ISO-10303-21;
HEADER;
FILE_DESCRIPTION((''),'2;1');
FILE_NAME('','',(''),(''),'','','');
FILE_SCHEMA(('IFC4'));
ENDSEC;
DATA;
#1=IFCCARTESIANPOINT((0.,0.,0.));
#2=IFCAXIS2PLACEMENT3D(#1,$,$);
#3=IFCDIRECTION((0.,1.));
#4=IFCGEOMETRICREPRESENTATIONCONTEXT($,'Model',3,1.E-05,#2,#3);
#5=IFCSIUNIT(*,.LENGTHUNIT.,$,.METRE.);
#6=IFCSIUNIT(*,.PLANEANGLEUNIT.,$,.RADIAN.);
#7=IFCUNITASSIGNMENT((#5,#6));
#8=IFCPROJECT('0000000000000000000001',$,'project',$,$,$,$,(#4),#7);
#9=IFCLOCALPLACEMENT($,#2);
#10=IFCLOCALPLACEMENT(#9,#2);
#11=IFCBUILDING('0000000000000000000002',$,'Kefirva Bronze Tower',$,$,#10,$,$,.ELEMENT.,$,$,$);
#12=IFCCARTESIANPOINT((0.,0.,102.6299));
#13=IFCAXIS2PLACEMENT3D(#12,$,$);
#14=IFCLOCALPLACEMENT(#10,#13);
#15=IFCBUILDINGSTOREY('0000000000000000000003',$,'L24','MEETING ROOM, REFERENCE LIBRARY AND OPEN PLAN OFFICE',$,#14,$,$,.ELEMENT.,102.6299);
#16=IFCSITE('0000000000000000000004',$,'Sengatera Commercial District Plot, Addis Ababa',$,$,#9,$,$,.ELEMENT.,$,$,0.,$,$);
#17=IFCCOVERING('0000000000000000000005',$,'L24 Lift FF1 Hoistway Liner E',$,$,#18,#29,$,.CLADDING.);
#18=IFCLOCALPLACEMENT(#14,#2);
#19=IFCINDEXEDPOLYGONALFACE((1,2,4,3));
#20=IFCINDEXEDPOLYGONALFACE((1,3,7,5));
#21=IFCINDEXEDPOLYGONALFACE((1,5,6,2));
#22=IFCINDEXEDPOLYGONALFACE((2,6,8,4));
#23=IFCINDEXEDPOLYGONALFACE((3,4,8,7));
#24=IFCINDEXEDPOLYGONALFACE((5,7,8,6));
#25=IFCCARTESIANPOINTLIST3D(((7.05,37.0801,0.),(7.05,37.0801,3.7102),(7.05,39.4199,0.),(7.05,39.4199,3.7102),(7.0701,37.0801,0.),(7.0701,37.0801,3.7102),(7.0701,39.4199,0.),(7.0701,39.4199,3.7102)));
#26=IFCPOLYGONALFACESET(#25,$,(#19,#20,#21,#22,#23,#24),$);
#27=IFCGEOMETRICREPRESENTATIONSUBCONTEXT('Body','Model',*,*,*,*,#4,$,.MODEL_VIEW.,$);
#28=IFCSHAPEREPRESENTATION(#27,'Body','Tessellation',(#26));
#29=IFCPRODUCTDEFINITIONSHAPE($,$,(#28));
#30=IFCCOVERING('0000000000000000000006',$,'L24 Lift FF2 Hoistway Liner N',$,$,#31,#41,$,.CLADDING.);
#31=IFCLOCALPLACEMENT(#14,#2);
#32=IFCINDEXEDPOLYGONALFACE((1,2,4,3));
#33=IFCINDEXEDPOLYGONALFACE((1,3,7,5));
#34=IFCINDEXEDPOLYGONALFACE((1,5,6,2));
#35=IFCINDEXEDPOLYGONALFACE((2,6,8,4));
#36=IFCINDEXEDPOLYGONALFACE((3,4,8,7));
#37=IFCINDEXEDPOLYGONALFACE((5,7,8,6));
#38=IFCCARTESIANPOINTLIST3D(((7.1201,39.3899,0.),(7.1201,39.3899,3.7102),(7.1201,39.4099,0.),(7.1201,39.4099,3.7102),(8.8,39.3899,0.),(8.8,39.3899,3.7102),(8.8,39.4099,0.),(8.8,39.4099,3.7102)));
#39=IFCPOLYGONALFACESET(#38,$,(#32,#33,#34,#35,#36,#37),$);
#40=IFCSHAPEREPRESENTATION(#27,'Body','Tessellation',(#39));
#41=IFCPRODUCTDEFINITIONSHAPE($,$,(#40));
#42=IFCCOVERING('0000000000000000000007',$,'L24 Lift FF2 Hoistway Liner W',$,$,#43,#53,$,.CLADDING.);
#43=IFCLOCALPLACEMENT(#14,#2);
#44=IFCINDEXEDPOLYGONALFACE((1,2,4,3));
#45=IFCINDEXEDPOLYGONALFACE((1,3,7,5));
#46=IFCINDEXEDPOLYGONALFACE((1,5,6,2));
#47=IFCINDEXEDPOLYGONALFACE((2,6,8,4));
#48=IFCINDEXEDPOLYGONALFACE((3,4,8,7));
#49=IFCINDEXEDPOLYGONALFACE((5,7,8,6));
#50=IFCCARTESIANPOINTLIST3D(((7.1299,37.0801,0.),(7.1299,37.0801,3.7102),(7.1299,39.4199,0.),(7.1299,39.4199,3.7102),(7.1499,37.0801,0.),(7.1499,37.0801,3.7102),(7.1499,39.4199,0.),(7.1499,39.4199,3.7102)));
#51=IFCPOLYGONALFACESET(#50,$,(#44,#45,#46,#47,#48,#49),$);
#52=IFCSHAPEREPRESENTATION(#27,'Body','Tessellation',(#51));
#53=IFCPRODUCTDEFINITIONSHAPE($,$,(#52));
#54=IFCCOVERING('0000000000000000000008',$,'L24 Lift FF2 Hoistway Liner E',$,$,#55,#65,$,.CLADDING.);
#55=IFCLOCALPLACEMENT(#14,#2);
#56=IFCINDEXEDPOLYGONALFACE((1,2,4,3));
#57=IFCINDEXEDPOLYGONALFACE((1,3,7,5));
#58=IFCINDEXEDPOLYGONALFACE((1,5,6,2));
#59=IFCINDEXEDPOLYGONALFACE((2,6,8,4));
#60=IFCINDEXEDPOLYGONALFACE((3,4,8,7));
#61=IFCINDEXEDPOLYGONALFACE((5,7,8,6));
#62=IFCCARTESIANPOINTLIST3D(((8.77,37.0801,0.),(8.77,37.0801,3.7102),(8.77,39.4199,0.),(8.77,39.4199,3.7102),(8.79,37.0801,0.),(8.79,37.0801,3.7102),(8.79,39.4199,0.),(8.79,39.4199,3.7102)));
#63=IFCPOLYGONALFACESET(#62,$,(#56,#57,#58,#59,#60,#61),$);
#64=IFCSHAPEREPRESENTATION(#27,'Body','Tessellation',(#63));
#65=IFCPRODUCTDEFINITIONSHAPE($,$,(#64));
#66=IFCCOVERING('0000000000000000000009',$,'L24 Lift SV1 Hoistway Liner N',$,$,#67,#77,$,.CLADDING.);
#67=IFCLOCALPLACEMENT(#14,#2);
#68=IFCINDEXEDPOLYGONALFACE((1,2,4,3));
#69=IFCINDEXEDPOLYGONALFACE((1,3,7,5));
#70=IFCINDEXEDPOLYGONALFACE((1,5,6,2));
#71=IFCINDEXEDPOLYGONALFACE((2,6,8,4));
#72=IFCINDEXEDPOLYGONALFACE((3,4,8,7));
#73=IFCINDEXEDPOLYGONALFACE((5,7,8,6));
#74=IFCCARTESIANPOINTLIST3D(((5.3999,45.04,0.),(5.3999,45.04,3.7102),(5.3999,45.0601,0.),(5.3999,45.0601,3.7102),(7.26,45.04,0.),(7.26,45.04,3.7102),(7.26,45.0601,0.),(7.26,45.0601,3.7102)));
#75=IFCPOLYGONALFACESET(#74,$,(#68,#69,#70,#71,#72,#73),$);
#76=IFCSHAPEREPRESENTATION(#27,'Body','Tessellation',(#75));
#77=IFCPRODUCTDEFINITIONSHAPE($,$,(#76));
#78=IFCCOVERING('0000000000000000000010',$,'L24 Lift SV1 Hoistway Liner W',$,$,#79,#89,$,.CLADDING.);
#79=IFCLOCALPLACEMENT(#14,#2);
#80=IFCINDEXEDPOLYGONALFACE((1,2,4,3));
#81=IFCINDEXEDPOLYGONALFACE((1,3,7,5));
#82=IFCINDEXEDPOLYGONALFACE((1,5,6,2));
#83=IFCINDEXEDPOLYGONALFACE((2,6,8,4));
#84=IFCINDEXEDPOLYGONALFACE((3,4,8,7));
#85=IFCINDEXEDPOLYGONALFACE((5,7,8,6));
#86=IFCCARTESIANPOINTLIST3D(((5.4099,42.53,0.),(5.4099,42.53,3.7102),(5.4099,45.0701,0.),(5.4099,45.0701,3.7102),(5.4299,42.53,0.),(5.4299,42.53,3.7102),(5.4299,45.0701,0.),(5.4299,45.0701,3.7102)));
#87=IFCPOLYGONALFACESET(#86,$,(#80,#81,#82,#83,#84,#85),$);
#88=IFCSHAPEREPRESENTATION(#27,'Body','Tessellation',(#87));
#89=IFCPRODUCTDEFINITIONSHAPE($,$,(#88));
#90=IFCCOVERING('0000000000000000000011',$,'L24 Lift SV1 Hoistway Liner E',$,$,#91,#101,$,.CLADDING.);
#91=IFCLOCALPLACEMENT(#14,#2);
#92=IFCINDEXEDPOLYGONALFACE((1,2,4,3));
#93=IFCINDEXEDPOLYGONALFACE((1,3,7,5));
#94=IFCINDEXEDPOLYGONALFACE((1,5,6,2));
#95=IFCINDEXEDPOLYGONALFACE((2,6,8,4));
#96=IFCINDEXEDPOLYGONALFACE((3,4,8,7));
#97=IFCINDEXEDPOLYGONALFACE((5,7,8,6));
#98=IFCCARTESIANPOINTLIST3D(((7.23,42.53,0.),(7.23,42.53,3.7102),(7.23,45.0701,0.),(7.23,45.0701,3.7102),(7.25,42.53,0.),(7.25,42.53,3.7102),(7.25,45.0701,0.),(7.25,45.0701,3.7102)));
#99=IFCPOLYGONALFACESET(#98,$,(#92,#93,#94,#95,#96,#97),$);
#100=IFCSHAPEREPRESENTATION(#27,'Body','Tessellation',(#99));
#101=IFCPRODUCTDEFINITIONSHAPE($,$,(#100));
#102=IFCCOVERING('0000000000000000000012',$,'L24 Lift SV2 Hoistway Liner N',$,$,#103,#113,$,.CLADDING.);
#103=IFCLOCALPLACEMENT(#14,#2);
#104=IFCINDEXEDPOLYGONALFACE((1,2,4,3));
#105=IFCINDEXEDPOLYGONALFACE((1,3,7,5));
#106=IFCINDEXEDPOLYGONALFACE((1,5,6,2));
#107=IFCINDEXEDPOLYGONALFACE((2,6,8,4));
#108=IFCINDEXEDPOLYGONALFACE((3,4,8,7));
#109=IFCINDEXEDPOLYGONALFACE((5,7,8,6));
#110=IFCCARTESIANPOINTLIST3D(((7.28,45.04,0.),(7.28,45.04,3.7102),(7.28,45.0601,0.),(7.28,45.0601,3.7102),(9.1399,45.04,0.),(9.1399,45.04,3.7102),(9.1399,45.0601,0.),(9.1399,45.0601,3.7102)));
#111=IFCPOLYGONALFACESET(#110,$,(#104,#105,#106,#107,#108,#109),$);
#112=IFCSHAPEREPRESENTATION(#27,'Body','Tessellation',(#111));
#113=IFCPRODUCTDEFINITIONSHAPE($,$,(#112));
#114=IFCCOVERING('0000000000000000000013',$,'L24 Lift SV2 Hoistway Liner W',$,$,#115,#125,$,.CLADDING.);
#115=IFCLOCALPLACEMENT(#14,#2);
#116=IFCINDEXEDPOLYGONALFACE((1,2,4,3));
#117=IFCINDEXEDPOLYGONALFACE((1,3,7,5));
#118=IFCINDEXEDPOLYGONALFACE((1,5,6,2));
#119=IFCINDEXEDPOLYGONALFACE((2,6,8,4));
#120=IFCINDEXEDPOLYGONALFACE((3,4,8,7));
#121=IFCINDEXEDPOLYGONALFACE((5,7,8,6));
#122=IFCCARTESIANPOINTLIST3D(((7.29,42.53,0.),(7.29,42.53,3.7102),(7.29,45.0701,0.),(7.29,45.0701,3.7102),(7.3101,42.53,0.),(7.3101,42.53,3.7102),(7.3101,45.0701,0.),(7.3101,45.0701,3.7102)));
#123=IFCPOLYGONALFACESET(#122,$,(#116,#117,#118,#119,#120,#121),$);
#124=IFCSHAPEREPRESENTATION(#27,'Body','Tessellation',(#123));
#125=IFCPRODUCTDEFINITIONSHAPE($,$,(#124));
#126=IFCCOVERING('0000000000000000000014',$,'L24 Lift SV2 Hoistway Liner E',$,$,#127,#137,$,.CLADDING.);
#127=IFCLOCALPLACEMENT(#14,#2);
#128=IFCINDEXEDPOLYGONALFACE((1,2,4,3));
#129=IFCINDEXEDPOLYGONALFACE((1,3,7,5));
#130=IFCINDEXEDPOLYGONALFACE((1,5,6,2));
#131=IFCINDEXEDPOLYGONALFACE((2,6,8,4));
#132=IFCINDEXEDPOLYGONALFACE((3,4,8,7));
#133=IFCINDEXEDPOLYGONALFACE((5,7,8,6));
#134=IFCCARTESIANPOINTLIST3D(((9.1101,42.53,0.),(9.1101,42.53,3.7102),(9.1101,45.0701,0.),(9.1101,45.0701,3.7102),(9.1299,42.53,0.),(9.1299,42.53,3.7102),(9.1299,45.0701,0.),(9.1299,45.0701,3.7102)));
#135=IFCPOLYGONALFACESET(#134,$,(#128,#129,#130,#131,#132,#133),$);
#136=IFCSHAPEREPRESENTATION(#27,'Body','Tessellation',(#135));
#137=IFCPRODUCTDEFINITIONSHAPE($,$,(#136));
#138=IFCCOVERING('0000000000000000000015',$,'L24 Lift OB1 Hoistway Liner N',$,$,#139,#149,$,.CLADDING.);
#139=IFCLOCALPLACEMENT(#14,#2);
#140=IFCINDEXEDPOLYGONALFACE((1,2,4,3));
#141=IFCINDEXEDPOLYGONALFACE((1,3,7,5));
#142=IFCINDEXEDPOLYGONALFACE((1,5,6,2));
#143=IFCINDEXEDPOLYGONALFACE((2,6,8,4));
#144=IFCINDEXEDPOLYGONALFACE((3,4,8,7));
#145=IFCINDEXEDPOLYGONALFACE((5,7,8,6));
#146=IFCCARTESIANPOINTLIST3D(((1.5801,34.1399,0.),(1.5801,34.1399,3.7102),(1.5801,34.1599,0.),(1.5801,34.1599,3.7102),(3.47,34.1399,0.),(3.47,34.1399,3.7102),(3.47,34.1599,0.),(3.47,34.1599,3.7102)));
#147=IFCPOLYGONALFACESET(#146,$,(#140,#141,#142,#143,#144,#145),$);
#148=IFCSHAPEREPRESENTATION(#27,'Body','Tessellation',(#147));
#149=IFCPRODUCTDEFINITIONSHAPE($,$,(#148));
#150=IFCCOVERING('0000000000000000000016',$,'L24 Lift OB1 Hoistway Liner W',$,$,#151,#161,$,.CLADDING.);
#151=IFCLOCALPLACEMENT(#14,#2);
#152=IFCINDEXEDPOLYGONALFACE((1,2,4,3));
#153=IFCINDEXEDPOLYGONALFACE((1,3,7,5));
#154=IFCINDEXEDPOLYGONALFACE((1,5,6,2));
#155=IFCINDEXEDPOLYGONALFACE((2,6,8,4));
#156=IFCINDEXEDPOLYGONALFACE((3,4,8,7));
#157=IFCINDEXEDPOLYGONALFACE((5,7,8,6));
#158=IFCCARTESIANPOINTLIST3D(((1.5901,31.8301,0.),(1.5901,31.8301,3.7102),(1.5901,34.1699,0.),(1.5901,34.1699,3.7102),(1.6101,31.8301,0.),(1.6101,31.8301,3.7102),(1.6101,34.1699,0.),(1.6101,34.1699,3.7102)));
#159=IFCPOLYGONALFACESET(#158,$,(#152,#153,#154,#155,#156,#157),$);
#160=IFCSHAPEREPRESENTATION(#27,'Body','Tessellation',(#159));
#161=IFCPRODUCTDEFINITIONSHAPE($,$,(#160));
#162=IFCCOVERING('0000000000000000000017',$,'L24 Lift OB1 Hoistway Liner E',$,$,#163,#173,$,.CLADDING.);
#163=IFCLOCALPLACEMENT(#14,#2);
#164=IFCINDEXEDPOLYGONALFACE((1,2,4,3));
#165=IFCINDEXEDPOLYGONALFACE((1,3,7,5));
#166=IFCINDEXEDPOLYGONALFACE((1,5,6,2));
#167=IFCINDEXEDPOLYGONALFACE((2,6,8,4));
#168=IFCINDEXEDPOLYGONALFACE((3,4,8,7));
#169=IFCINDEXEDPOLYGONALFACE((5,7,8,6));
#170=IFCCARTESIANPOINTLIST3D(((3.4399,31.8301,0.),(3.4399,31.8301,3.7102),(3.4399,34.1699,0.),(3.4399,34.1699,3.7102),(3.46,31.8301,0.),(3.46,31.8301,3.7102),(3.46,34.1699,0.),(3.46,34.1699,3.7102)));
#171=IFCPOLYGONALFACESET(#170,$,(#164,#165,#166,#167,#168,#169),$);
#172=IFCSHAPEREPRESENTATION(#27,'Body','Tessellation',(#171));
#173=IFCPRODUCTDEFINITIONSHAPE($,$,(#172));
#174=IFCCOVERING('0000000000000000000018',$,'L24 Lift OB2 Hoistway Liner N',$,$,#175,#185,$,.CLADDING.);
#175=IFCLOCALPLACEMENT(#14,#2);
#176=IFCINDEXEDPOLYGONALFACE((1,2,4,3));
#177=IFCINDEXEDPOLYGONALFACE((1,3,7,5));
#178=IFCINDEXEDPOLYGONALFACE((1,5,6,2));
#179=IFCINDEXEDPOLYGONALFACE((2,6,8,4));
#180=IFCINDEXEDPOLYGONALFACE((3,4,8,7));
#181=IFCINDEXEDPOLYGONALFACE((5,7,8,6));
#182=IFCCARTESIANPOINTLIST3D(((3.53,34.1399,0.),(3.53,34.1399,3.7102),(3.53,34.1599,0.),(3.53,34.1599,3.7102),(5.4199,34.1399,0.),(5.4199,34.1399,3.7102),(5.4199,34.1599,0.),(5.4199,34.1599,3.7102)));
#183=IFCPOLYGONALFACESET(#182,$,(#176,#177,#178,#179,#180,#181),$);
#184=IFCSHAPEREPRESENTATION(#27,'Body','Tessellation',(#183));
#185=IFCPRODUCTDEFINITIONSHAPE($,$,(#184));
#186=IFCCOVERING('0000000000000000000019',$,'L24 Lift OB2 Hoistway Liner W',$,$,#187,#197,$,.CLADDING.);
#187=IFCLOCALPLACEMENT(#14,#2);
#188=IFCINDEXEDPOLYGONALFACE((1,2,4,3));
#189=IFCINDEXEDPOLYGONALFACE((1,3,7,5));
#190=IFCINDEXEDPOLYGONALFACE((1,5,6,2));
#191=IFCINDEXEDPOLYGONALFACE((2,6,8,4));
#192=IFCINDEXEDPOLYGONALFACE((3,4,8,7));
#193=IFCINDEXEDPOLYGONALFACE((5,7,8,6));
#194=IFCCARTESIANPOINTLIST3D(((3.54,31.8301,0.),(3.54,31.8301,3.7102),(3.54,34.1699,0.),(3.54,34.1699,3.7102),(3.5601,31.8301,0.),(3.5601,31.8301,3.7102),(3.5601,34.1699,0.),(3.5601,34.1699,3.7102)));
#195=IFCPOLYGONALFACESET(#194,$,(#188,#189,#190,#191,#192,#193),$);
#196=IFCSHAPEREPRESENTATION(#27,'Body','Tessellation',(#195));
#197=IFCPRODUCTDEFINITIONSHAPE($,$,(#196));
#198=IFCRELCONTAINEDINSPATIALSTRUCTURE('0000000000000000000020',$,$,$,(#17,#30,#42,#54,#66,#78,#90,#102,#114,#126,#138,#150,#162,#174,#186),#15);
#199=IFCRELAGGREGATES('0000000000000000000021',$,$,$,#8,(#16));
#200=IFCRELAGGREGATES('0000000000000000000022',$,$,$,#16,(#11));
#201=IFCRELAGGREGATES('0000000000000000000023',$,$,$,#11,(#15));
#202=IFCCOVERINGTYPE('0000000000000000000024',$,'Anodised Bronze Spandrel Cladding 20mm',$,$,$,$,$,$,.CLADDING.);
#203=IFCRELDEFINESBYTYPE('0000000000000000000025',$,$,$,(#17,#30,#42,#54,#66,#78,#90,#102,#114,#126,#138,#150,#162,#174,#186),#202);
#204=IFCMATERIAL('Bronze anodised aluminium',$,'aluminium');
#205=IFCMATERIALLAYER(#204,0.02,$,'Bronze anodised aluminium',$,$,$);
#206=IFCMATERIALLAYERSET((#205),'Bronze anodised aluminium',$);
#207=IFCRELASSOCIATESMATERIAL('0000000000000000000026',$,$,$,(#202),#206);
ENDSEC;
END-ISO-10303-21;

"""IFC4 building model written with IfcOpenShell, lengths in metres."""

from ifc_helpers import new_model, si_unit, direction, frame, origin, place, context, subcontext, project, spatial, polyline, outline, extrude, material, layer, layer_set, type_object, element, save


model = new_model("IFC4")

# Units and contexts
model_context = context("Model", 3, precision=1e-05, world=origin(), true_north=direction((0.0, 1.0)))
body_context = subcontext(model_context, "Body", "Model", "MODEL_VIEW")
ifc_project = project(units=[si_unit("LENGTHUNIT", "METRE"), si_unit("PLANEANGLEUNIT", "RADIAN")], contexts=[model_context])

# Site, building, storey
site_placement = place(None, origin())
site = spatial("IfcSite", under=ifc_project, at=site_placement, Name="Sengatera Commercial District Plot, Addis Ababa", CompositionType="ELEMENT", RefElevation=0.0)
building_placement = place(site_placement, origin())
building = spatial("IfcBuilding", under=site, at=building_placement, Name="Kefirva Bronze Tower", CompositionType="ELEMENT")
storey_placement = place(building_placement, frame((0.0, 0.0, 102.6299)))
storey = spatial("IfcBuildingStorey", under=building, at=storey_placement, Name="L24", Description="MEETING ROOM, REFERENCE LIBRARY AND OPEN PLAN OFFICE", CompositionType="ELEMENT", Elevation=102.6299)

# Coverings
ifc_material_1 = material(Name="Bronze anodised aluminium", Category="aluminium")
ifc_layer_1 = layer(ifc_material_1, 0.02, Name="Bronze anodised aluminium")
ifc_layer_set_1 = layer_set([ifc_layer_1], Name="Bronze anodised aluminium")
covering_type = type_object("IfcCoveringType", Name="Anodised Bronze Spandrel Cladding 20mm", PredefinedType="CLADDING", material=ifc_layer_set_1)
covering_1_placement = place(storey_placement, origin())
element("IfcCovering", 1, at=covering_1_placement, inside=storey, type_object=covering_type, Name="L24 Lift FF1 Hoistway Liner E", PredefinedType="CLADDING", context=body_context, shape_type="SweptSolid", body=[
    extrude(outline(polyline([(7.05, 37.0801), (7.0701, 37.0801), (7.0701, 39.4199), (7.05, 39.4199), (7.05, 37.0801)])), origin(), (0.0, 0.0, 1.0), 3.7102),
])
covering_2_placement = place(storey_placement, origin())
element("IfcCovering", 2, at=covering_2_placement, inside=storey, type_object=covering_type, Name="L24 Lift FF2 Hoistway Liner N", PredefinedType="CLADDING", context=body_context, shape_type="SweptSolid", body=[
    extrude(outline(polyline([(7.1201, 39.3899), (8.8, 39.3899), (8.8, 39.4099), (7.1201, 39.4099), (7.1201, 39.3899)])), origin(), (0.0, 0.0, 1.0), 3.7102),
])
covering_3_placement = place(storey_placement, origin())
element("IfcCovering", 3, at=covering_3_placement, inside=storey, type_object=covering_type, Name="L24 Lift FF2 Hoistway Liner W", PredefinedType="CLADDING", context=body_context, shape_type="SweptSolid", body=[
    extrude(outline(polyline([(7.1299, 37.0801), (7.1499, 37.0801), (7.1499, 39.4199), (7.1299, 39.4199), (7.1299, 37.0801)])), origin(), (0.0, 0.0, 1.0), 3.7102),
])
covering_4_placement = place(storey_placement, origin())
element("IfcCovering", 4, at=covering_4_placement, inside=storey, type_object=covering_type, Name="L24 Lift FF2 Hoistway Liner E", PredefinedType="CLADDING", context=body_context, shape_type="SweptSolid", body=[
    extrude(outline(polyline([(8.77, 37.0801), (8.79, 37.0801), (8.79, 39.4199), (8.77, 39.4199), (8.77, 37.0801)])), origin(), (0.0, 0.0, 1.0), 3.7102),
])
covering_5_placement = place(storey_placement, origin())
element("IfcCovering", 5, at=covering_5_placement, inside=storey, type_object=covering_type, Name="L24 Lift SV1 Hoistway Liner N", PredefinedType="CLADDING", context=body_context, shape_type="SweptSolid", body=[
    extrude(outline(polyline([(5.3999, 45.04), (7.26, 45.04), (7.26, 45.0601), (5.3999, 45.0601), (5.3999, 45.04)])), origin(), (0.0, 0.0, 1.0), 3.7102),
])
covering_6_placement = place(storey_placement, origin())
element("IfcCovering", 6, at=covering_6_placement, inside=storey, type_object=covering_type, Name="L24 Lift SV1 Hoistway Liner W", PredefinedType="CLADDING", context=body_context, shape_type="SweptSolid", body=[
    extrude(outline(polyline([(5.4099, 42.53), (5.4299, 42.53), (5.4299, 45.0701), (5.4099, 45.0701), (5.4099, 42.53)])), origin(), (0.0, 0.0, 1.0), 3.7102),
])
covering_7_placement = place(storey_placement, origin())
element("IfcCovering", 7, at=covering_7_placement, inside=storey, type_object=covering_type, Name="L24 Lift SV1 Hoistway Liner E", PredefinedType="CLADDING", context=body_context, shape_type="SweptSolid", body=[
    extrude(outline(polyline([(7.23, 42.53), (7.25, 42.53), (7.25, 45.0701), (7.23, 45.0701), (7.23, 42.53)])), origin(), (0.0, 0.0, 1.0), 3.7102),
])
covering_8_placement = place(storey_placement, origin())
element("IfcCovering", 8, at=covering_8_placement, inside=storey, type_object=covering_type, Name="L24 Lift SV2 Hoistway Liner N", PredefinedType="CLADDING", context=body_context, shape_type="SweptSolid", body=[
    extrude(outline(polyline([(7.28, 45.04), (9.1399, 45.04), (9.1399, 45.0601), (7.28, 45.0601), (7.28, 45.04)])), origin(), (0.0, 0.0, 1.0), 3.7102),
])
covering_9_placement = place(storey_placement, origin())
element("IfcCovering", 9, at=covering_9_placement, inside=storey, type_object=covering_type, Name="L24 Lift SV2 Hoistway Liner W", PredefinedType="CLADDING", context=body_context, shape_type="SweptSolid", body=[
    extrude(outline(polyline([(7.29, 42.53), (7.3101, 42.53), (7.3101, 45.0701), (7.29, 45.0701), (7.29, 42.53)])), origin(), (0.0, 0.0, 1.0), 3.7102),
])
covering_10_placement = place(storey_placement, origin())
element("IfcCovering", 10, at=covering_10_placement, inside=storey, type_object=covering_type, Name="L24 Lift SV2 Hoistway Liner E", PredefinedType="CLADDING", context=body_context, shape_type="SweptSolid", body=[
    extrude(outline(polyline([(9.1101, 42.53), (9.1299, 42.53), (9.1299, 45.0701), (9.1101, 45.0701), (9.1101, 42.53)])), origin(), (0.0, 0.0, 1.0), 3.7102),
])
covering_11_placement = place(storey_placement, origin())
element("IfcCovering", 11, at=covering_11_placement, inside=storey, type_object=covering_type, Name="L24 Lift OB1 Hoistway Liner N", PredefinedType="CLADDING", context=body_context, shape_type="SweptSolid", body=[
    extrude(outline(polyline([(1.5801, 34.1399), (3.47, 34.1399), (3.47, 34.1599), (1.5801, 34.1599), (1.5801, 34.1399)])), origin(), (0.0, 0.0, 1.0), 3.7102),
])
covering_12_placement = place(storey_placement, origin())
element("IfcCovering", 12, at=covering_12_placement, inside=storey, type_object=covering_type, Name="L24 Lift OB1 Hoistway Liner W", PredefinedType="CLADDING", context=body_context, shape_type="SweptSolid", body=[
    extrude(outline(polyline([(1.5901, 31.8301), (1.6101, 31.8301), (1.6101, 34.1699), (1.5901, 34.1699), (1.5901, 31.8301)])), origin(), (0.0, 0.0, 1.0), 3.7102),
])
covering_13_placement = place(storey_placement, origin())
element("IfcCovering", 13, at=covering_13_placement, inside=storey, type_object=covering_type, Name="L24 Lift OB1 Hoistway Liner E", PredefinedType="CLADDING", context=body_context, shape_type="SweptSolid", body=[
    extrude(outline(polyline([(3.4399, 31.8301), (3.46, 31.8301), (3.46, 34.1699), (3.4399, 34.1699), (3.4399, 31.8301)])), origin(), (0.0, 0.0, 1.0), 3.7102),
])
covering_14_placement = place(storey_placement, origin())
element("IfcCovering", 14, at=covering_14_placement, inside=storey, type_object=covering_type, Name="L24 Lift OB2 Hoistway Liner N", PredefinedType="CLADDING", context=body_context, shape_type="SweptSolid", body=[
    extrude(outline(polyline([(3.53, 34.1399), (5.4199, 34.1399), (5.4199, 34.1599), (3.53, 34.1599), (3.53, 34.1399)])), origin(), (0.0, 0.0, 1.0), 3.7102),
])
covering_15_placement = place(storey_placement, origin())
element("IfcCovering", 15, at=covering_15_placement, inside=storey, type_object=covering_type, Name="L24 Lift OB2 Hoistway Liner W", PredefinedType="CLADDING", context=body_context, shape_type="SweptSolid", body=[
    extrude(outline(polyline([(3.54, 31.8301), (3.5601, 31.8301), (3.5601, 34.1699), (3.54, 34.1699), (3.54, 31.8301)])), origin(), (0.0, 0.0, 1.0), 3.7102),
])

save(model, "model.ifc")
